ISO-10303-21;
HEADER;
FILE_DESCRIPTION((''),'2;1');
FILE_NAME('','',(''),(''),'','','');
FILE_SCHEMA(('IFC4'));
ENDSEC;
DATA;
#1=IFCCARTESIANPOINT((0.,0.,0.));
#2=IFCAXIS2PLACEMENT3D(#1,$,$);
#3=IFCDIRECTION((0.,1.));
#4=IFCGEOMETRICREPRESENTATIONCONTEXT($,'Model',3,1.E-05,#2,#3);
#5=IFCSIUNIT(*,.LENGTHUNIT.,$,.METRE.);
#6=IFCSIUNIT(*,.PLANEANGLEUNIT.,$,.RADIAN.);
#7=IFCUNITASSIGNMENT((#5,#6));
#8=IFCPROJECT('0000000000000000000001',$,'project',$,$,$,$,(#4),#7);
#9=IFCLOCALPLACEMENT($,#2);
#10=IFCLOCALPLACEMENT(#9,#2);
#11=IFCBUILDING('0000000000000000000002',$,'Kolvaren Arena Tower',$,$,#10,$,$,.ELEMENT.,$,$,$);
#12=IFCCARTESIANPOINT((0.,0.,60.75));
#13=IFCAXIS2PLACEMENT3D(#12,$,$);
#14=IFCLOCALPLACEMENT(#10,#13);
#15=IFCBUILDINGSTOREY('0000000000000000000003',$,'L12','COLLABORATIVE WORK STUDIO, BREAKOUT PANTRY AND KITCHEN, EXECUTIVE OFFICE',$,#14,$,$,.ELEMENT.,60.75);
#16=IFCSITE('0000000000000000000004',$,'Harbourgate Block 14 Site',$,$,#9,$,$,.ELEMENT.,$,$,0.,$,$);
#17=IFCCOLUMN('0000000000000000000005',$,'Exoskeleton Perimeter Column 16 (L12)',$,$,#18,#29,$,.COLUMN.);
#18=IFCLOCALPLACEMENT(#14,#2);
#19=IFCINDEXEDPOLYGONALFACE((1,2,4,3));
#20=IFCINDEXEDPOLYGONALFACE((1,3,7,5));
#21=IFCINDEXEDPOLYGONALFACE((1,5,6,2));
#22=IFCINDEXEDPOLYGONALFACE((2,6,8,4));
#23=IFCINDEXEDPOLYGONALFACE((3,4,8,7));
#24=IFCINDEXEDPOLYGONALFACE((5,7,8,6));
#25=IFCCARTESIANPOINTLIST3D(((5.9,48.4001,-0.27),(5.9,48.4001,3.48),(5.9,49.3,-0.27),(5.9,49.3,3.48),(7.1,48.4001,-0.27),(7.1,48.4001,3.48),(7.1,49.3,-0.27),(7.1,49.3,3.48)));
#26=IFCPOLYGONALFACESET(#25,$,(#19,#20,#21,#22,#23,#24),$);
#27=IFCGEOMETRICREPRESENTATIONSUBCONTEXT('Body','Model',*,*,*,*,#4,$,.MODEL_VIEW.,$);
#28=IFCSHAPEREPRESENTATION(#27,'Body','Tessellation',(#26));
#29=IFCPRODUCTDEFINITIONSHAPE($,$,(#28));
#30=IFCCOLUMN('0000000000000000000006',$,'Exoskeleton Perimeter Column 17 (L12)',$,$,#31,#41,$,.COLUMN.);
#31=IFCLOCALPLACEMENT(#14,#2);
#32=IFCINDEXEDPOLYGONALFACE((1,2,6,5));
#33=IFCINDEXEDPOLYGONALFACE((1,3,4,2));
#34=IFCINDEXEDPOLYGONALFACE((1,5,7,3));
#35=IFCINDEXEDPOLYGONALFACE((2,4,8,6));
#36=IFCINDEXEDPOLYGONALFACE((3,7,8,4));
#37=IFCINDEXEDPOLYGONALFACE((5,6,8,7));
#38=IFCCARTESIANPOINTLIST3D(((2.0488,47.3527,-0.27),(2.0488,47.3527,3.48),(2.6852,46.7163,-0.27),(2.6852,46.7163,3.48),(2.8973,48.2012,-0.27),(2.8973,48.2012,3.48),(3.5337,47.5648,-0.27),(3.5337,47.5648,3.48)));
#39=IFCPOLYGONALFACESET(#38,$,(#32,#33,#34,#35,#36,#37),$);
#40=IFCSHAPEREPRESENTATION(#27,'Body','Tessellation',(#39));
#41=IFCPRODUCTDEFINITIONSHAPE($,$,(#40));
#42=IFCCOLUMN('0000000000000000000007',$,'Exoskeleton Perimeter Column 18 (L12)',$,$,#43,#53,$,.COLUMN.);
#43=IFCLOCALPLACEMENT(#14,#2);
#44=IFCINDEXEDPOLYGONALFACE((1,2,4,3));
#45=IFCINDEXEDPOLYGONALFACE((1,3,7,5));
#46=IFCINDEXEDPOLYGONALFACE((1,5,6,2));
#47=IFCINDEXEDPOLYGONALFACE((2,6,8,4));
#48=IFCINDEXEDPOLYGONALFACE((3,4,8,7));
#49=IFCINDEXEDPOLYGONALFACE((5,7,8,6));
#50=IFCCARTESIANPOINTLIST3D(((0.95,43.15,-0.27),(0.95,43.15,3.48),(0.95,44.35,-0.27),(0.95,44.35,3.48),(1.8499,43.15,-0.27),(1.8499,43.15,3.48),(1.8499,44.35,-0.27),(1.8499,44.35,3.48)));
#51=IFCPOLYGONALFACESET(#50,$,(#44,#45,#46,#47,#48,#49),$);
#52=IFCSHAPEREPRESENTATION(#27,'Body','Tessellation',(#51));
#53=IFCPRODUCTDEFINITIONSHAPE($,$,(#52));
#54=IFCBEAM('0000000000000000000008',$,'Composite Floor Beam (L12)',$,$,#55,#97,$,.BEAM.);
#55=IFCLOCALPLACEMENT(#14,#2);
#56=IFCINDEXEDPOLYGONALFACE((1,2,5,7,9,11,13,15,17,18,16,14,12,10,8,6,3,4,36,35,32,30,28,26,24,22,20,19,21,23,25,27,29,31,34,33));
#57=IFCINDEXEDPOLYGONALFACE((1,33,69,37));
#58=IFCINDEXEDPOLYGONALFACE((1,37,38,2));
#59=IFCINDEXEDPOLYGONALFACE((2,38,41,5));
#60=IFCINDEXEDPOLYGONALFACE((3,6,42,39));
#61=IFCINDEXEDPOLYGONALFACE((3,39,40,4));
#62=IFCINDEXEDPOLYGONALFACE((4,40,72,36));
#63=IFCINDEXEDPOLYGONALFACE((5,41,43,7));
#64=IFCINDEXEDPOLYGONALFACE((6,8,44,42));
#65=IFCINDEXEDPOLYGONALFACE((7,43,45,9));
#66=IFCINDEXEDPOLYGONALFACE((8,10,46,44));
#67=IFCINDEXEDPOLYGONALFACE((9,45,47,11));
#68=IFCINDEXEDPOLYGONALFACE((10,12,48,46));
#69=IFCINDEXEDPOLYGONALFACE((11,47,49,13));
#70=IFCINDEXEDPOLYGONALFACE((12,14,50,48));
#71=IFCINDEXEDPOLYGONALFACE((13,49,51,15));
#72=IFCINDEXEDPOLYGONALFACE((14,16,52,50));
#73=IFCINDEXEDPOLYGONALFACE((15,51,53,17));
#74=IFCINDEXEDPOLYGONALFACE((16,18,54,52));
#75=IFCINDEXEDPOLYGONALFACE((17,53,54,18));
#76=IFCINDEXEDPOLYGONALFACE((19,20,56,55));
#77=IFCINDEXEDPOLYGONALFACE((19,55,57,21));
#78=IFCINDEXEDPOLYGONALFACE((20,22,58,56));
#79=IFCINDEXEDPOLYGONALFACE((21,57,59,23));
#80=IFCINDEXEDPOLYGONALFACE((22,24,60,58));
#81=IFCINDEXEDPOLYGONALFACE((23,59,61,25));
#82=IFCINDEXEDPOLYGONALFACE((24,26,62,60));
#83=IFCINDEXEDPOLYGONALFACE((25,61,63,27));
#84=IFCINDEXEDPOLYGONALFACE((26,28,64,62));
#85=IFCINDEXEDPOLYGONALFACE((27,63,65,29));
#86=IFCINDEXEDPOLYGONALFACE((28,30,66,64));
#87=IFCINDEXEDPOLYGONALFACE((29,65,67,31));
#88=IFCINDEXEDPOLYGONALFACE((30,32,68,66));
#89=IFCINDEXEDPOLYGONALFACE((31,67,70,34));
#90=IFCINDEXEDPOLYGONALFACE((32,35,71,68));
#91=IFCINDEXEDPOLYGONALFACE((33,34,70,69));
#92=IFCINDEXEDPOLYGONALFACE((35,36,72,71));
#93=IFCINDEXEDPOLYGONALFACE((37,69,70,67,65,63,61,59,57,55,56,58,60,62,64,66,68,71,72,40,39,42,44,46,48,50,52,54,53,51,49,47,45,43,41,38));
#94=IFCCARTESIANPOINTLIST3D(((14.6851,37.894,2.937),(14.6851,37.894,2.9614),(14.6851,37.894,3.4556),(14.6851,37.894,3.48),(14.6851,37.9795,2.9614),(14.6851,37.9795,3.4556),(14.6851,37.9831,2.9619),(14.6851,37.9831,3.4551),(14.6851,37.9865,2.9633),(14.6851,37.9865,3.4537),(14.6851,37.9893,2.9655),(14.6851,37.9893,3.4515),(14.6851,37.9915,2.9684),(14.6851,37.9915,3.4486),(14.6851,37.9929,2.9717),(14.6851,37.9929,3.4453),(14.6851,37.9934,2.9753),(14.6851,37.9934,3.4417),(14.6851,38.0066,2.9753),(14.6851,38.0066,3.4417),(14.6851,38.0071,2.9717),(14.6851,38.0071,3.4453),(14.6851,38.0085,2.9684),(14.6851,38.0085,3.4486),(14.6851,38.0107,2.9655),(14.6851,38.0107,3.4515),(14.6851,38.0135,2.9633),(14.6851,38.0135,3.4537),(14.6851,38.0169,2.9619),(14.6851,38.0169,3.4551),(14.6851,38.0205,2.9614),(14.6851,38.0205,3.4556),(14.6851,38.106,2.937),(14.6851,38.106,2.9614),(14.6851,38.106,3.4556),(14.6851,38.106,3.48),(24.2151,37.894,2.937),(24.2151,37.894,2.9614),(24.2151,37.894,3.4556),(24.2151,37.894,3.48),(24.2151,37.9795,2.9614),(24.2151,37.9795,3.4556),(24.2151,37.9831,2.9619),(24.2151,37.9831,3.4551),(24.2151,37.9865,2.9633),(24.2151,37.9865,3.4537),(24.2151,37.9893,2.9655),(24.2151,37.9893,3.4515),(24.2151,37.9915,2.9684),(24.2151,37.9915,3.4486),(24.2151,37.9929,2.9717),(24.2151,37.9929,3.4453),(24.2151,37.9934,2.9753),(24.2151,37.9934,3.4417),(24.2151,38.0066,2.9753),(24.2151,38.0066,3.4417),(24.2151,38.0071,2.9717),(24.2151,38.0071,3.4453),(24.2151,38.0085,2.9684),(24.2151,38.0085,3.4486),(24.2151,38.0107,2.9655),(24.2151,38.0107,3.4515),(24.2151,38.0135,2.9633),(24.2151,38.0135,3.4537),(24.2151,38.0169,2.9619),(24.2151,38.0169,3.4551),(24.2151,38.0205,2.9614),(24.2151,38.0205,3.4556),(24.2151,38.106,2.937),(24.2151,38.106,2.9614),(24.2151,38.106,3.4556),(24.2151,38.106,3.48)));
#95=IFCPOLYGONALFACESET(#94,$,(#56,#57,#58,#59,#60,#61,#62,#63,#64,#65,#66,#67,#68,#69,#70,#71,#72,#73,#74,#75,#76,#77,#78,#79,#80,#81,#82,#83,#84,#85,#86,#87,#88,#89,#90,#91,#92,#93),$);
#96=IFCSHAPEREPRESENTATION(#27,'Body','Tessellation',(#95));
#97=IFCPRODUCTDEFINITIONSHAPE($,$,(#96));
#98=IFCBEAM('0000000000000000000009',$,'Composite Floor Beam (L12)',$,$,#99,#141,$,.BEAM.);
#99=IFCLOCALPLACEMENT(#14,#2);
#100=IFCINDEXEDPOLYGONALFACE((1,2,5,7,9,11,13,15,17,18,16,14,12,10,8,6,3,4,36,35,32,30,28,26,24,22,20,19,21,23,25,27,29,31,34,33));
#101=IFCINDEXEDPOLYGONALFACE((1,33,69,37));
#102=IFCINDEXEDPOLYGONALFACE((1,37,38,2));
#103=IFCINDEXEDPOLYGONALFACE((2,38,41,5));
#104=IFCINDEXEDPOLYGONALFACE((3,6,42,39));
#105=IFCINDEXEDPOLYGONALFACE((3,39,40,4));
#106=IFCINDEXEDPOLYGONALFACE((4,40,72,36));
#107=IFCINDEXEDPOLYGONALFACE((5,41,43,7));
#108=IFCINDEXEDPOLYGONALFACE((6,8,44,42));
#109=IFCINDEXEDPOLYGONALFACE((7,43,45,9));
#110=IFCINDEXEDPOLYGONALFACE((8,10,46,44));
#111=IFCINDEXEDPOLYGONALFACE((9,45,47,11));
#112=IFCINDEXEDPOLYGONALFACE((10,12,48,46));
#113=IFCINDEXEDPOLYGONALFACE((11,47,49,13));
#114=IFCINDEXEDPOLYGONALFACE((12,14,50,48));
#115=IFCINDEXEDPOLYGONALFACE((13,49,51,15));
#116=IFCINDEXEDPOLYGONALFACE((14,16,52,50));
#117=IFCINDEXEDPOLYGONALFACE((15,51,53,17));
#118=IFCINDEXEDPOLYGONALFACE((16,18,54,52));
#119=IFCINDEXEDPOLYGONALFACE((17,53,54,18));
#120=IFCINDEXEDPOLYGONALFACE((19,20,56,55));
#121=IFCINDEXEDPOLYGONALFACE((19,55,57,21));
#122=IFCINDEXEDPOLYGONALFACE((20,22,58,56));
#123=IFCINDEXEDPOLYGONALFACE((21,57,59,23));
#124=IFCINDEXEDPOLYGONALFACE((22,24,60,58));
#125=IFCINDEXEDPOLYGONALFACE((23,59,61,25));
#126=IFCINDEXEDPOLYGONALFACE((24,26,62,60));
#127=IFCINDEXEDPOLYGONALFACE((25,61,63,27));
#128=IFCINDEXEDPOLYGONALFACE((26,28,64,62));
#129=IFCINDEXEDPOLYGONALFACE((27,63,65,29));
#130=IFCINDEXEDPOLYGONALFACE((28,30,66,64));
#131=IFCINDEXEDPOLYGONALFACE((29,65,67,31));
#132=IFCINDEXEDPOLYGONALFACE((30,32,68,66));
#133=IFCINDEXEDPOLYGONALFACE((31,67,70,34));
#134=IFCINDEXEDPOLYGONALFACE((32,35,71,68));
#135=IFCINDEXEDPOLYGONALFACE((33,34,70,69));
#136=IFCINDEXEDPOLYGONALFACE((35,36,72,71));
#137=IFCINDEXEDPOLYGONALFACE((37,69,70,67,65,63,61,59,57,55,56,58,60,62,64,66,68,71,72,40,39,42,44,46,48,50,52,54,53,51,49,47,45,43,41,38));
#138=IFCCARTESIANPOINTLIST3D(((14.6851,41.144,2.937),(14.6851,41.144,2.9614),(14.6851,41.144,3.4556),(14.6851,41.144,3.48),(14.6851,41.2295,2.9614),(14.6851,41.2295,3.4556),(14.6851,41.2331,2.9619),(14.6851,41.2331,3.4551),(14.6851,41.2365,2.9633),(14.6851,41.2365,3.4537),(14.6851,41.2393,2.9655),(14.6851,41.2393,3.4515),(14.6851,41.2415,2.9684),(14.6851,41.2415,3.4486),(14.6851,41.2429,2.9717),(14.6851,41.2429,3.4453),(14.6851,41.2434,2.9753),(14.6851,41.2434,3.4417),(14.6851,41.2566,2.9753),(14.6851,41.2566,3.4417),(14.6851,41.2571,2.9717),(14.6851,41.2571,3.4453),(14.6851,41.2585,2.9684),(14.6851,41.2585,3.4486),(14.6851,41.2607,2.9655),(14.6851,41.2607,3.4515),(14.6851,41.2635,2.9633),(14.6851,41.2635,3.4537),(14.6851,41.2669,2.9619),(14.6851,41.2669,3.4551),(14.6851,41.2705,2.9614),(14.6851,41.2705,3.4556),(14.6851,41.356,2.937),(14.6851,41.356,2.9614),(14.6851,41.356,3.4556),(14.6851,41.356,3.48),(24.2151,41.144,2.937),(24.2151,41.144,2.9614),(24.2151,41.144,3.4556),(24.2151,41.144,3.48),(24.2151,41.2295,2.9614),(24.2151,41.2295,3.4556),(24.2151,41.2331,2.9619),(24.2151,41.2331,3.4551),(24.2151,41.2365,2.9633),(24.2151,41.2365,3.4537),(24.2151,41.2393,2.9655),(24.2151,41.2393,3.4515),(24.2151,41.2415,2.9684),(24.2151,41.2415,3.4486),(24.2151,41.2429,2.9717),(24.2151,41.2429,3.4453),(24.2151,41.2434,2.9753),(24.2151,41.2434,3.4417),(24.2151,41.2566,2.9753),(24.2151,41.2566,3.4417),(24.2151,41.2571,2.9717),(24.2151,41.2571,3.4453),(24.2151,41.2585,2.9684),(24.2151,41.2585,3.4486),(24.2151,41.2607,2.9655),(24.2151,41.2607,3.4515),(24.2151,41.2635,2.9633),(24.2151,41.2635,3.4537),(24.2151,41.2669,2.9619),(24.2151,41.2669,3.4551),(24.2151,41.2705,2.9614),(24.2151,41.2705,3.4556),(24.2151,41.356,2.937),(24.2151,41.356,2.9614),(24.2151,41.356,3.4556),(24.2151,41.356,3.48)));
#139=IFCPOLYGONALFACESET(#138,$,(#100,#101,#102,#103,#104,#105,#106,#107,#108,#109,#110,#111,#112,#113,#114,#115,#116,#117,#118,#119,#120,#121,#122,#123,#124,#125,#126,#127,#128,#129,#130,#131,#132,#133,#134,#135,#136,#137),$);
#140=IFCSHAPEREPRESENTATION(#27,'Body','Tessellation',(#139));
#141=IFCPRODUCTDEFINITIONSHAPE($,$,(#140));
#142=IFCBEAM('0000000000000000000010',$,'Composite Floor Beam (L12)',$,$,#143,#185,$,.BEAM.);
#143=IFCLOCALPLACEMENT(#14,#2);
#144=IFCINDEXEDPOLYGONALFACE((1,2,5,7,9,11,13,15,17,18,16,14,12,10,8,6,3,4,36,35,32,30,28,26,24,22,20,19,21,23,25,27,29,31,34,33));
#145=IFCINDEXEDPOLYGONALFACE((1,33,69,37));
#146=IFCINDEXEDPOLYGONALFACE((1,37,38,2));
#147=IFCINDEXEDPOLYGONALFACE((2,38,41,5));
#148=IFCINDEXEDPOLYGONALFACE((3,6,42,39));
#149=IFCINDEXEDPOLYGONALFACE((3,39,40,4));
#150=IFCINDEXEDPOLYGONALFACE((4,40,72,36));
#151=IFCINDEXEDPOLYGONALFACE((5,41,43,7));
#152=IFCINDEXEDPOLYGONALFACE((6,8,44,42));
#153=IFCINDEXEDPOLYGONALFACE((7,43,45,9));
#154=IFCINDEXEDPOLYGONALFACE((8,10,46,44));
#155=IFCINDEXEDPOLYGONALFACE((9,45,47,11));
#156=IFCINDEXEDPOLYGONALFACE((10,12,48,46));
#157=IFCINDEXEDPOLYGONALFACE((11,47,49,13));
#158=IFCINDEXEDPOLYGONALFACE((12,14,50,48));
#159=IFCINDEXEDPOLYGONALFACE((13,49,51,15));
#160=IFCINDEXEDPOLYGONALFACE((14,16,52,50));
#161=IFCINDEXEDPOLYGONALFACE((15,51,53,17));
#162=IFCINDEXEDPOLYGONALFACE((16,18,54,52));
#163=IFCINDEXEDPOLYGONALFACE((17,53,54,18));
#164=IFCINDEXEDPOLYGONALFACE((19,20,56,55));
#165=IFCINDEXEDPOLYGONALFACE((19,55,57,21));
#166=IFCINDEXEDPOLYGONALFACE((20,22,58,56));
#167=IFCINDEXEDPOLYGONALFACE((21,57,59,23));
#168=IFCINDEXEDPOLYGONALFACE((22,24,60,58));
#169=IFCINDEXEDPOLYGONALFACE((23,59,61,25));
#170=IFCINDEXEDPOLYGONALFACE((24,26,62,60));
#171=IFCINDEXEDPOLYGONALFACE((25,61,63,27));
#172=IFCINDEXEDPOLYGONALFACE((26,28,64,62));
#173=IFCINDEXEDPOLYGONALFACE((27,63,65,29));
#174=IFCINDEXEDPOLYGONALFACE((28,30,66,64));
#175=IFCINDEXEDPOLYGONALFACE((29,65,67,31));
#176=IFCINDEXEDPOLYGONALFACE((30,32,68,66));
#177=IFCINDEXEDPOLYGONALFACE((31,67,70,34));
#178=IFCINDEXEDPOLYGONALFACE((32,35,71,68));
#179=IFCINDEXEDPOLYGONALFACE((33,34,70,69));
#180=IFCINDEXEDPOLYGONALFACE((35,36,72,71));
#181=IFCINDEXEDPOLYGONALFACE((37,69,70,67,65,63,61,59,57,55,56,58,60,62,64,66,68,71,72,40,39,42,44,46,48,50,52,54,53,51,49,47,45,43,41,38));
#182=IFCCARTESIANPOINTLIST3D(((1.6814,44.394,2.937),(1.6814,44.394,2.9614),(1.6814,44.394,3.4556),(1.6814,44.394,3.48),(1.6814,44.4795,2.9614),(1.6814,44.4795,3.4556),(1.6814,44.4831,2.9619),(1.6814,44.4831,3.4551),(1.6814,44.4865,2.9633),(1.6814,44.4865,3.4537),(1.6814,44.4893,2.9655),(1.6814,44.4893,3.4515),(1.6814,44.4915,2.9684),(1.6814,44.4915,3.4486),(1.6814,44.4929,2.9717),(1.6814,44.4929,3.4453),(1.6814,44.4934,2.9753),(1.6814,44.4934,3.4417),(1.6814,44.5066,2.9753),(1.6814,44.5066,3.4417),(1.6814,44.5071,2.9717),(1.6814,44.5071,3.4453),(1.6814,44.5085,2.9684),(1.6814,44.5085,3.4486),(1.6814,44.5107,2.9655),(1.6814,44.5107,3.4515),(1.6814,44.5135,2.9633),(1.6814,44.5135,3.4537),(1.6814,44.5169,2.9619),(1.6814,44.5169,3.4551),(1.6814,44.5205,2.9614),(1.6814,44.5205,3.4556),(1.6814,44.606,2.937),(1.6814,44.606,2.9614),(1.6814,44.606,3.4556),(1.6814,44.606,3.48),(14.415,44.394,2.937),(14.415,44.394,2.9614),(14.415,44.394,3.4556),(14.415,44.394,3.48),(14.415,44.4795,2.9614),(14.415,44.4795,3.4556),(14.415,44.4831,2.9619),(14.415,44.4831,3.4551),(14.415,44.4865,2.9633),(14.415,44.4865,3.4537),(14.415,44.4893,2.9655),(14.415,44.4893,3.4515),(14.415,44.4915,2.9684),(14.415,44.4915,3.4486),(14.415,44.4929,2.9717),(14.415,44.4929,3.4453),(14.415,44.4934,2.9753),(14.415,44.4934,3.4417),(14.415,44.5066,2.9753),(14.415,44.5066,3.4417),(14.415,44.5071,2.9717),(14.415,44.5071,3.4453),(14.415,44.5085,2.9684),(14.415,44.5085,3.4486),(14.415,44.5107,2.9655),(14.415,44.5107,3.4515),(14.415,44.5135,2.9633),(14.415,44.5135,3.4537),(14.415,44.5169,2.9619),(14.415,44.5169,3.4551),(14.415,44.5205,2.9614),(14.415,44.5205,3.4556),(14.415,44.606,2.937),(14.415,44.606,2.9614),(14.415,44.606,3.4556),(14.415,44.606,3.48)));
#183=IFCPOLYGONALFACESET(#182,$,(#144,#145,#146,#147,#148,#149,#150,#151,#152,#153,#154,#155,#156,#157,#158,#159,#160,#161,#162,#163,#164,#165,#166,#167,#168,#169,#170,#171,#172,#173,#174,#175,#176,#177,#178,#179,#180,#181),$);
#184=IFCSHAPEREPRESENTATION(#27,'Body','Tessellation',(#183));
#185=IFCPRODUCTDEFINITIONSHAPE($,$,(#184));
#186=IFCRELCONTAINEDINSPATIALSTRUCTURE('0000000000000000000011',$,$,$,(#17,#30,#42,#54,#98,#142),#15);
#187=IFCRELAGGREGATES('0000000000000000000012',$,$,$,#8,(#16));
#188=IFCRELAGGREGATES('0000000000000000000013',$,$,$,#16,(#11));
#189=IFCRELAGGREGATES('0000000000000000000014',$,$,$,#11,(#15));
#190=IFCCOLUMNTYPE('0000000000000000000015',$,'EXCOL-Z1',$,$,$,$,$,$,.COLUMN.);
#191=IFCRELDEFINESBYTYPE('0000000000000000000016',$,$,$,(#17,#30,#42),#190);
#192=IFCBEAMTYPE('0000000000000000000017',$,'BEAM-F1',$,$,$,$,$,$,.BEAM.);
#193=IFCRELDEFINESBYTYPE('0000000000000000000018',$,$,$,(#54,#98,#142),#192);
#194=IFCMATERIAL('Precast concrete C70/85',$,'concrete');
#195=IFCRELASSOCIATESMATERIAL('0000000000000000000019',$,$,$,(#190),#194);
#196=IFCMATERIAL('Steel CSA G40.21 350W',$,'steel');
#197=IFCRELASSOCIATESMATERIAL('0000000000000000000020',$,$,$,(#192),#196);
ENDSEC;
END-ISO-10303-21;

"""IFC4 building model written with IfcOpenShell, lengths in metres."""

from ifc_helpers import new_model, si_unit, direction, frame, origin, origin_2d, place, context, subcontext, project, spatial, rectangle, i_section, extrude, material, material_profile, profile_set, type_object, element, save


model = new_model("IFC4")

# Units and contexts
model_context = context("Model", 3, precision=1e-05, world=origin(), true_north=direction((0.0, 1.0)))
body_context = subcontext(model_context, "Body", "Model", "MODEL_VIEW")
ifc_project = project(units=[si_unit("LENGTHUNIT", "METRE"), si_unit("PLANEANGLEUNIT", "RADIAN")], contexts=[model_context])

# Site, building, storey
site_placement = place(None, origin())
site = spatial("IfcSite", under=ifc_project, at=site_placement, Name="Harbourgate Block 14 Site", CompositionType="ELEMENT", RefElevation=0.0)
building_placement = place(site_placement, origin())
building = spatial("IfcBuilding", under=site, at=building_placement, Name="Kolvaren Arena Tower", CompositionType="ELEMENT")
storey_placement = place(building_placement, frame((0.0, 0.0, 60.75)))
storey = spatial("IfcBuildingStorey", under=building, at=storey_placement, Name="L12", Description="COLLABORATIVE WORK STUDIO, BREAKOUT PANTRY AND KITCHEN, EXECUTIVE OFFICE", CompositionType="ELEMENT", Elevation=60.75)

# Columns
ifc_material_1 = material(Name="Precast concrete C70/85", Category="concrete")
ifc_material_profile_1 = material_profile(ifc_material_1, rectangle(XDim=1.2, YDim=0.8999, at=origin_2d()), Name="RC-1200x900")
ifc_profile_set_1 = profile_set([ifc_material_profile_1], Name="Precast concrete C70/85")
column_type = type_object("IfcColumnType", Name="EXCOL-Z1", PredefinedType="COLUMN", material=ifc_profile_set_1)
for number, where, z_axis, x_axis, name in (
    (1, (6.5, 48.8501, -0.27), (0.0, 0.0, 1.0), (1.0, 0.0, 0.0), "Exoskeleton Perimeter Column 16 (L12)"),
    (2, (2.7913, 47.4587, -0.27), (0.0, 0.0, 1.0), (0.707107, 0.707107, 0.0), "Exoskeleton Perimeter Column 17 (L12)"),
    (3, (1.3999, 43.75, -0.27), (0.0, 0.0, 1.0), (0.0, 1.0, 0.0), "Exoskeleton Perimeter Column 18 (L12)"),
):
    element("IfcColumn", number, at=place(storey_placement, frame(where, z_axis=z_axis, x_axis=x_axis)), inside=storey, type_object=column_type, Name=name, PredefinedType="COLUMN", context=body_context, shape_type="SweptSolid", body=[
        extrude(rectangle(XDim=1.2, YDim=0.8999, at=origin_2d()), origin(), (0.0, 0.0, 1.0), 3.75),
    ])

# Beams
ifc_material_2 = material(Name="Steel CSA G40.21 350W", Category="steel")
ifc_material_profile_2 = material_profile(ifc_material_2, i_section(OverallWidth=0.2119, OverallDepth=0.543, WebThickness=0.0132, FlangeThickness=0.0244, FilletRadius=0.0139, at=origin_2d()), Name="W530x150")
ifc_profile_set_2 = profile_set([ifc_material_profile_2], Name="Steel CSA G40.21 350W")
beam_type_1 = type_object("IfcBeamType", Name="BEAM-F1", PredefinedType="BEAM", material=ifc_profile_set_2)
for number, where, z_axis, x_axis, name in (
    (4, (14.6851, 38.0, 3.2085), (1.0, 0.0, 0.0), (0.0, 1.0, 0.0), "Composite Floor Beam (L12)"),
    (5, (14.6851, 41.25, 3.2085), (1.0, 0.0, 0.0), (0.0, 1.0, 0.0), "Composite Floor Beam (L12)"),
):
    element("IfcBeam", number, at=place(storey_placement, frame(where, z_axis=z_axis, x_axis=x_axis)), inside=storey, type_object=beam_type_1, Name=name, PredefinedType="BEAM", context=body_context, shape_type="SweptSolid", body=[
        extrude(i_section(OverallWidth=0.2119, OverallDepth=0.543, WebThickness=0.0132, FlangeThickness=0.0244, FilletRadius=0.0139, at=origin_2d()), origin(), (0.0, 0.0, 1.0), 9.53),
    ])
beam_1_placement = place(storey_placement, frame((1.6814, 44.5, 3.2085), z_axis=(1.0, 0.0, 0.0), x_axis=(0.0, 1.0, 0.0)))
element("IfcBeam", 6, at=beam_1_placement, inside=storey, type_object=beam_type_1, Name="Composite Floor Beam (L12)", PredefinedType="BEAM", context=body_context, shape_type="SweptSolid", body=[
    extrude(i_section(OverallWidth=0.2119, OverallDepth=0.543, WebThickness=0.0132, FlangeThickness=0.0244, FilletRadius=0.0139, at=origin_2d()), origin(), (0.0, 0.0, 1.0), 12.7336),
])

save(model, "model.ifc")
